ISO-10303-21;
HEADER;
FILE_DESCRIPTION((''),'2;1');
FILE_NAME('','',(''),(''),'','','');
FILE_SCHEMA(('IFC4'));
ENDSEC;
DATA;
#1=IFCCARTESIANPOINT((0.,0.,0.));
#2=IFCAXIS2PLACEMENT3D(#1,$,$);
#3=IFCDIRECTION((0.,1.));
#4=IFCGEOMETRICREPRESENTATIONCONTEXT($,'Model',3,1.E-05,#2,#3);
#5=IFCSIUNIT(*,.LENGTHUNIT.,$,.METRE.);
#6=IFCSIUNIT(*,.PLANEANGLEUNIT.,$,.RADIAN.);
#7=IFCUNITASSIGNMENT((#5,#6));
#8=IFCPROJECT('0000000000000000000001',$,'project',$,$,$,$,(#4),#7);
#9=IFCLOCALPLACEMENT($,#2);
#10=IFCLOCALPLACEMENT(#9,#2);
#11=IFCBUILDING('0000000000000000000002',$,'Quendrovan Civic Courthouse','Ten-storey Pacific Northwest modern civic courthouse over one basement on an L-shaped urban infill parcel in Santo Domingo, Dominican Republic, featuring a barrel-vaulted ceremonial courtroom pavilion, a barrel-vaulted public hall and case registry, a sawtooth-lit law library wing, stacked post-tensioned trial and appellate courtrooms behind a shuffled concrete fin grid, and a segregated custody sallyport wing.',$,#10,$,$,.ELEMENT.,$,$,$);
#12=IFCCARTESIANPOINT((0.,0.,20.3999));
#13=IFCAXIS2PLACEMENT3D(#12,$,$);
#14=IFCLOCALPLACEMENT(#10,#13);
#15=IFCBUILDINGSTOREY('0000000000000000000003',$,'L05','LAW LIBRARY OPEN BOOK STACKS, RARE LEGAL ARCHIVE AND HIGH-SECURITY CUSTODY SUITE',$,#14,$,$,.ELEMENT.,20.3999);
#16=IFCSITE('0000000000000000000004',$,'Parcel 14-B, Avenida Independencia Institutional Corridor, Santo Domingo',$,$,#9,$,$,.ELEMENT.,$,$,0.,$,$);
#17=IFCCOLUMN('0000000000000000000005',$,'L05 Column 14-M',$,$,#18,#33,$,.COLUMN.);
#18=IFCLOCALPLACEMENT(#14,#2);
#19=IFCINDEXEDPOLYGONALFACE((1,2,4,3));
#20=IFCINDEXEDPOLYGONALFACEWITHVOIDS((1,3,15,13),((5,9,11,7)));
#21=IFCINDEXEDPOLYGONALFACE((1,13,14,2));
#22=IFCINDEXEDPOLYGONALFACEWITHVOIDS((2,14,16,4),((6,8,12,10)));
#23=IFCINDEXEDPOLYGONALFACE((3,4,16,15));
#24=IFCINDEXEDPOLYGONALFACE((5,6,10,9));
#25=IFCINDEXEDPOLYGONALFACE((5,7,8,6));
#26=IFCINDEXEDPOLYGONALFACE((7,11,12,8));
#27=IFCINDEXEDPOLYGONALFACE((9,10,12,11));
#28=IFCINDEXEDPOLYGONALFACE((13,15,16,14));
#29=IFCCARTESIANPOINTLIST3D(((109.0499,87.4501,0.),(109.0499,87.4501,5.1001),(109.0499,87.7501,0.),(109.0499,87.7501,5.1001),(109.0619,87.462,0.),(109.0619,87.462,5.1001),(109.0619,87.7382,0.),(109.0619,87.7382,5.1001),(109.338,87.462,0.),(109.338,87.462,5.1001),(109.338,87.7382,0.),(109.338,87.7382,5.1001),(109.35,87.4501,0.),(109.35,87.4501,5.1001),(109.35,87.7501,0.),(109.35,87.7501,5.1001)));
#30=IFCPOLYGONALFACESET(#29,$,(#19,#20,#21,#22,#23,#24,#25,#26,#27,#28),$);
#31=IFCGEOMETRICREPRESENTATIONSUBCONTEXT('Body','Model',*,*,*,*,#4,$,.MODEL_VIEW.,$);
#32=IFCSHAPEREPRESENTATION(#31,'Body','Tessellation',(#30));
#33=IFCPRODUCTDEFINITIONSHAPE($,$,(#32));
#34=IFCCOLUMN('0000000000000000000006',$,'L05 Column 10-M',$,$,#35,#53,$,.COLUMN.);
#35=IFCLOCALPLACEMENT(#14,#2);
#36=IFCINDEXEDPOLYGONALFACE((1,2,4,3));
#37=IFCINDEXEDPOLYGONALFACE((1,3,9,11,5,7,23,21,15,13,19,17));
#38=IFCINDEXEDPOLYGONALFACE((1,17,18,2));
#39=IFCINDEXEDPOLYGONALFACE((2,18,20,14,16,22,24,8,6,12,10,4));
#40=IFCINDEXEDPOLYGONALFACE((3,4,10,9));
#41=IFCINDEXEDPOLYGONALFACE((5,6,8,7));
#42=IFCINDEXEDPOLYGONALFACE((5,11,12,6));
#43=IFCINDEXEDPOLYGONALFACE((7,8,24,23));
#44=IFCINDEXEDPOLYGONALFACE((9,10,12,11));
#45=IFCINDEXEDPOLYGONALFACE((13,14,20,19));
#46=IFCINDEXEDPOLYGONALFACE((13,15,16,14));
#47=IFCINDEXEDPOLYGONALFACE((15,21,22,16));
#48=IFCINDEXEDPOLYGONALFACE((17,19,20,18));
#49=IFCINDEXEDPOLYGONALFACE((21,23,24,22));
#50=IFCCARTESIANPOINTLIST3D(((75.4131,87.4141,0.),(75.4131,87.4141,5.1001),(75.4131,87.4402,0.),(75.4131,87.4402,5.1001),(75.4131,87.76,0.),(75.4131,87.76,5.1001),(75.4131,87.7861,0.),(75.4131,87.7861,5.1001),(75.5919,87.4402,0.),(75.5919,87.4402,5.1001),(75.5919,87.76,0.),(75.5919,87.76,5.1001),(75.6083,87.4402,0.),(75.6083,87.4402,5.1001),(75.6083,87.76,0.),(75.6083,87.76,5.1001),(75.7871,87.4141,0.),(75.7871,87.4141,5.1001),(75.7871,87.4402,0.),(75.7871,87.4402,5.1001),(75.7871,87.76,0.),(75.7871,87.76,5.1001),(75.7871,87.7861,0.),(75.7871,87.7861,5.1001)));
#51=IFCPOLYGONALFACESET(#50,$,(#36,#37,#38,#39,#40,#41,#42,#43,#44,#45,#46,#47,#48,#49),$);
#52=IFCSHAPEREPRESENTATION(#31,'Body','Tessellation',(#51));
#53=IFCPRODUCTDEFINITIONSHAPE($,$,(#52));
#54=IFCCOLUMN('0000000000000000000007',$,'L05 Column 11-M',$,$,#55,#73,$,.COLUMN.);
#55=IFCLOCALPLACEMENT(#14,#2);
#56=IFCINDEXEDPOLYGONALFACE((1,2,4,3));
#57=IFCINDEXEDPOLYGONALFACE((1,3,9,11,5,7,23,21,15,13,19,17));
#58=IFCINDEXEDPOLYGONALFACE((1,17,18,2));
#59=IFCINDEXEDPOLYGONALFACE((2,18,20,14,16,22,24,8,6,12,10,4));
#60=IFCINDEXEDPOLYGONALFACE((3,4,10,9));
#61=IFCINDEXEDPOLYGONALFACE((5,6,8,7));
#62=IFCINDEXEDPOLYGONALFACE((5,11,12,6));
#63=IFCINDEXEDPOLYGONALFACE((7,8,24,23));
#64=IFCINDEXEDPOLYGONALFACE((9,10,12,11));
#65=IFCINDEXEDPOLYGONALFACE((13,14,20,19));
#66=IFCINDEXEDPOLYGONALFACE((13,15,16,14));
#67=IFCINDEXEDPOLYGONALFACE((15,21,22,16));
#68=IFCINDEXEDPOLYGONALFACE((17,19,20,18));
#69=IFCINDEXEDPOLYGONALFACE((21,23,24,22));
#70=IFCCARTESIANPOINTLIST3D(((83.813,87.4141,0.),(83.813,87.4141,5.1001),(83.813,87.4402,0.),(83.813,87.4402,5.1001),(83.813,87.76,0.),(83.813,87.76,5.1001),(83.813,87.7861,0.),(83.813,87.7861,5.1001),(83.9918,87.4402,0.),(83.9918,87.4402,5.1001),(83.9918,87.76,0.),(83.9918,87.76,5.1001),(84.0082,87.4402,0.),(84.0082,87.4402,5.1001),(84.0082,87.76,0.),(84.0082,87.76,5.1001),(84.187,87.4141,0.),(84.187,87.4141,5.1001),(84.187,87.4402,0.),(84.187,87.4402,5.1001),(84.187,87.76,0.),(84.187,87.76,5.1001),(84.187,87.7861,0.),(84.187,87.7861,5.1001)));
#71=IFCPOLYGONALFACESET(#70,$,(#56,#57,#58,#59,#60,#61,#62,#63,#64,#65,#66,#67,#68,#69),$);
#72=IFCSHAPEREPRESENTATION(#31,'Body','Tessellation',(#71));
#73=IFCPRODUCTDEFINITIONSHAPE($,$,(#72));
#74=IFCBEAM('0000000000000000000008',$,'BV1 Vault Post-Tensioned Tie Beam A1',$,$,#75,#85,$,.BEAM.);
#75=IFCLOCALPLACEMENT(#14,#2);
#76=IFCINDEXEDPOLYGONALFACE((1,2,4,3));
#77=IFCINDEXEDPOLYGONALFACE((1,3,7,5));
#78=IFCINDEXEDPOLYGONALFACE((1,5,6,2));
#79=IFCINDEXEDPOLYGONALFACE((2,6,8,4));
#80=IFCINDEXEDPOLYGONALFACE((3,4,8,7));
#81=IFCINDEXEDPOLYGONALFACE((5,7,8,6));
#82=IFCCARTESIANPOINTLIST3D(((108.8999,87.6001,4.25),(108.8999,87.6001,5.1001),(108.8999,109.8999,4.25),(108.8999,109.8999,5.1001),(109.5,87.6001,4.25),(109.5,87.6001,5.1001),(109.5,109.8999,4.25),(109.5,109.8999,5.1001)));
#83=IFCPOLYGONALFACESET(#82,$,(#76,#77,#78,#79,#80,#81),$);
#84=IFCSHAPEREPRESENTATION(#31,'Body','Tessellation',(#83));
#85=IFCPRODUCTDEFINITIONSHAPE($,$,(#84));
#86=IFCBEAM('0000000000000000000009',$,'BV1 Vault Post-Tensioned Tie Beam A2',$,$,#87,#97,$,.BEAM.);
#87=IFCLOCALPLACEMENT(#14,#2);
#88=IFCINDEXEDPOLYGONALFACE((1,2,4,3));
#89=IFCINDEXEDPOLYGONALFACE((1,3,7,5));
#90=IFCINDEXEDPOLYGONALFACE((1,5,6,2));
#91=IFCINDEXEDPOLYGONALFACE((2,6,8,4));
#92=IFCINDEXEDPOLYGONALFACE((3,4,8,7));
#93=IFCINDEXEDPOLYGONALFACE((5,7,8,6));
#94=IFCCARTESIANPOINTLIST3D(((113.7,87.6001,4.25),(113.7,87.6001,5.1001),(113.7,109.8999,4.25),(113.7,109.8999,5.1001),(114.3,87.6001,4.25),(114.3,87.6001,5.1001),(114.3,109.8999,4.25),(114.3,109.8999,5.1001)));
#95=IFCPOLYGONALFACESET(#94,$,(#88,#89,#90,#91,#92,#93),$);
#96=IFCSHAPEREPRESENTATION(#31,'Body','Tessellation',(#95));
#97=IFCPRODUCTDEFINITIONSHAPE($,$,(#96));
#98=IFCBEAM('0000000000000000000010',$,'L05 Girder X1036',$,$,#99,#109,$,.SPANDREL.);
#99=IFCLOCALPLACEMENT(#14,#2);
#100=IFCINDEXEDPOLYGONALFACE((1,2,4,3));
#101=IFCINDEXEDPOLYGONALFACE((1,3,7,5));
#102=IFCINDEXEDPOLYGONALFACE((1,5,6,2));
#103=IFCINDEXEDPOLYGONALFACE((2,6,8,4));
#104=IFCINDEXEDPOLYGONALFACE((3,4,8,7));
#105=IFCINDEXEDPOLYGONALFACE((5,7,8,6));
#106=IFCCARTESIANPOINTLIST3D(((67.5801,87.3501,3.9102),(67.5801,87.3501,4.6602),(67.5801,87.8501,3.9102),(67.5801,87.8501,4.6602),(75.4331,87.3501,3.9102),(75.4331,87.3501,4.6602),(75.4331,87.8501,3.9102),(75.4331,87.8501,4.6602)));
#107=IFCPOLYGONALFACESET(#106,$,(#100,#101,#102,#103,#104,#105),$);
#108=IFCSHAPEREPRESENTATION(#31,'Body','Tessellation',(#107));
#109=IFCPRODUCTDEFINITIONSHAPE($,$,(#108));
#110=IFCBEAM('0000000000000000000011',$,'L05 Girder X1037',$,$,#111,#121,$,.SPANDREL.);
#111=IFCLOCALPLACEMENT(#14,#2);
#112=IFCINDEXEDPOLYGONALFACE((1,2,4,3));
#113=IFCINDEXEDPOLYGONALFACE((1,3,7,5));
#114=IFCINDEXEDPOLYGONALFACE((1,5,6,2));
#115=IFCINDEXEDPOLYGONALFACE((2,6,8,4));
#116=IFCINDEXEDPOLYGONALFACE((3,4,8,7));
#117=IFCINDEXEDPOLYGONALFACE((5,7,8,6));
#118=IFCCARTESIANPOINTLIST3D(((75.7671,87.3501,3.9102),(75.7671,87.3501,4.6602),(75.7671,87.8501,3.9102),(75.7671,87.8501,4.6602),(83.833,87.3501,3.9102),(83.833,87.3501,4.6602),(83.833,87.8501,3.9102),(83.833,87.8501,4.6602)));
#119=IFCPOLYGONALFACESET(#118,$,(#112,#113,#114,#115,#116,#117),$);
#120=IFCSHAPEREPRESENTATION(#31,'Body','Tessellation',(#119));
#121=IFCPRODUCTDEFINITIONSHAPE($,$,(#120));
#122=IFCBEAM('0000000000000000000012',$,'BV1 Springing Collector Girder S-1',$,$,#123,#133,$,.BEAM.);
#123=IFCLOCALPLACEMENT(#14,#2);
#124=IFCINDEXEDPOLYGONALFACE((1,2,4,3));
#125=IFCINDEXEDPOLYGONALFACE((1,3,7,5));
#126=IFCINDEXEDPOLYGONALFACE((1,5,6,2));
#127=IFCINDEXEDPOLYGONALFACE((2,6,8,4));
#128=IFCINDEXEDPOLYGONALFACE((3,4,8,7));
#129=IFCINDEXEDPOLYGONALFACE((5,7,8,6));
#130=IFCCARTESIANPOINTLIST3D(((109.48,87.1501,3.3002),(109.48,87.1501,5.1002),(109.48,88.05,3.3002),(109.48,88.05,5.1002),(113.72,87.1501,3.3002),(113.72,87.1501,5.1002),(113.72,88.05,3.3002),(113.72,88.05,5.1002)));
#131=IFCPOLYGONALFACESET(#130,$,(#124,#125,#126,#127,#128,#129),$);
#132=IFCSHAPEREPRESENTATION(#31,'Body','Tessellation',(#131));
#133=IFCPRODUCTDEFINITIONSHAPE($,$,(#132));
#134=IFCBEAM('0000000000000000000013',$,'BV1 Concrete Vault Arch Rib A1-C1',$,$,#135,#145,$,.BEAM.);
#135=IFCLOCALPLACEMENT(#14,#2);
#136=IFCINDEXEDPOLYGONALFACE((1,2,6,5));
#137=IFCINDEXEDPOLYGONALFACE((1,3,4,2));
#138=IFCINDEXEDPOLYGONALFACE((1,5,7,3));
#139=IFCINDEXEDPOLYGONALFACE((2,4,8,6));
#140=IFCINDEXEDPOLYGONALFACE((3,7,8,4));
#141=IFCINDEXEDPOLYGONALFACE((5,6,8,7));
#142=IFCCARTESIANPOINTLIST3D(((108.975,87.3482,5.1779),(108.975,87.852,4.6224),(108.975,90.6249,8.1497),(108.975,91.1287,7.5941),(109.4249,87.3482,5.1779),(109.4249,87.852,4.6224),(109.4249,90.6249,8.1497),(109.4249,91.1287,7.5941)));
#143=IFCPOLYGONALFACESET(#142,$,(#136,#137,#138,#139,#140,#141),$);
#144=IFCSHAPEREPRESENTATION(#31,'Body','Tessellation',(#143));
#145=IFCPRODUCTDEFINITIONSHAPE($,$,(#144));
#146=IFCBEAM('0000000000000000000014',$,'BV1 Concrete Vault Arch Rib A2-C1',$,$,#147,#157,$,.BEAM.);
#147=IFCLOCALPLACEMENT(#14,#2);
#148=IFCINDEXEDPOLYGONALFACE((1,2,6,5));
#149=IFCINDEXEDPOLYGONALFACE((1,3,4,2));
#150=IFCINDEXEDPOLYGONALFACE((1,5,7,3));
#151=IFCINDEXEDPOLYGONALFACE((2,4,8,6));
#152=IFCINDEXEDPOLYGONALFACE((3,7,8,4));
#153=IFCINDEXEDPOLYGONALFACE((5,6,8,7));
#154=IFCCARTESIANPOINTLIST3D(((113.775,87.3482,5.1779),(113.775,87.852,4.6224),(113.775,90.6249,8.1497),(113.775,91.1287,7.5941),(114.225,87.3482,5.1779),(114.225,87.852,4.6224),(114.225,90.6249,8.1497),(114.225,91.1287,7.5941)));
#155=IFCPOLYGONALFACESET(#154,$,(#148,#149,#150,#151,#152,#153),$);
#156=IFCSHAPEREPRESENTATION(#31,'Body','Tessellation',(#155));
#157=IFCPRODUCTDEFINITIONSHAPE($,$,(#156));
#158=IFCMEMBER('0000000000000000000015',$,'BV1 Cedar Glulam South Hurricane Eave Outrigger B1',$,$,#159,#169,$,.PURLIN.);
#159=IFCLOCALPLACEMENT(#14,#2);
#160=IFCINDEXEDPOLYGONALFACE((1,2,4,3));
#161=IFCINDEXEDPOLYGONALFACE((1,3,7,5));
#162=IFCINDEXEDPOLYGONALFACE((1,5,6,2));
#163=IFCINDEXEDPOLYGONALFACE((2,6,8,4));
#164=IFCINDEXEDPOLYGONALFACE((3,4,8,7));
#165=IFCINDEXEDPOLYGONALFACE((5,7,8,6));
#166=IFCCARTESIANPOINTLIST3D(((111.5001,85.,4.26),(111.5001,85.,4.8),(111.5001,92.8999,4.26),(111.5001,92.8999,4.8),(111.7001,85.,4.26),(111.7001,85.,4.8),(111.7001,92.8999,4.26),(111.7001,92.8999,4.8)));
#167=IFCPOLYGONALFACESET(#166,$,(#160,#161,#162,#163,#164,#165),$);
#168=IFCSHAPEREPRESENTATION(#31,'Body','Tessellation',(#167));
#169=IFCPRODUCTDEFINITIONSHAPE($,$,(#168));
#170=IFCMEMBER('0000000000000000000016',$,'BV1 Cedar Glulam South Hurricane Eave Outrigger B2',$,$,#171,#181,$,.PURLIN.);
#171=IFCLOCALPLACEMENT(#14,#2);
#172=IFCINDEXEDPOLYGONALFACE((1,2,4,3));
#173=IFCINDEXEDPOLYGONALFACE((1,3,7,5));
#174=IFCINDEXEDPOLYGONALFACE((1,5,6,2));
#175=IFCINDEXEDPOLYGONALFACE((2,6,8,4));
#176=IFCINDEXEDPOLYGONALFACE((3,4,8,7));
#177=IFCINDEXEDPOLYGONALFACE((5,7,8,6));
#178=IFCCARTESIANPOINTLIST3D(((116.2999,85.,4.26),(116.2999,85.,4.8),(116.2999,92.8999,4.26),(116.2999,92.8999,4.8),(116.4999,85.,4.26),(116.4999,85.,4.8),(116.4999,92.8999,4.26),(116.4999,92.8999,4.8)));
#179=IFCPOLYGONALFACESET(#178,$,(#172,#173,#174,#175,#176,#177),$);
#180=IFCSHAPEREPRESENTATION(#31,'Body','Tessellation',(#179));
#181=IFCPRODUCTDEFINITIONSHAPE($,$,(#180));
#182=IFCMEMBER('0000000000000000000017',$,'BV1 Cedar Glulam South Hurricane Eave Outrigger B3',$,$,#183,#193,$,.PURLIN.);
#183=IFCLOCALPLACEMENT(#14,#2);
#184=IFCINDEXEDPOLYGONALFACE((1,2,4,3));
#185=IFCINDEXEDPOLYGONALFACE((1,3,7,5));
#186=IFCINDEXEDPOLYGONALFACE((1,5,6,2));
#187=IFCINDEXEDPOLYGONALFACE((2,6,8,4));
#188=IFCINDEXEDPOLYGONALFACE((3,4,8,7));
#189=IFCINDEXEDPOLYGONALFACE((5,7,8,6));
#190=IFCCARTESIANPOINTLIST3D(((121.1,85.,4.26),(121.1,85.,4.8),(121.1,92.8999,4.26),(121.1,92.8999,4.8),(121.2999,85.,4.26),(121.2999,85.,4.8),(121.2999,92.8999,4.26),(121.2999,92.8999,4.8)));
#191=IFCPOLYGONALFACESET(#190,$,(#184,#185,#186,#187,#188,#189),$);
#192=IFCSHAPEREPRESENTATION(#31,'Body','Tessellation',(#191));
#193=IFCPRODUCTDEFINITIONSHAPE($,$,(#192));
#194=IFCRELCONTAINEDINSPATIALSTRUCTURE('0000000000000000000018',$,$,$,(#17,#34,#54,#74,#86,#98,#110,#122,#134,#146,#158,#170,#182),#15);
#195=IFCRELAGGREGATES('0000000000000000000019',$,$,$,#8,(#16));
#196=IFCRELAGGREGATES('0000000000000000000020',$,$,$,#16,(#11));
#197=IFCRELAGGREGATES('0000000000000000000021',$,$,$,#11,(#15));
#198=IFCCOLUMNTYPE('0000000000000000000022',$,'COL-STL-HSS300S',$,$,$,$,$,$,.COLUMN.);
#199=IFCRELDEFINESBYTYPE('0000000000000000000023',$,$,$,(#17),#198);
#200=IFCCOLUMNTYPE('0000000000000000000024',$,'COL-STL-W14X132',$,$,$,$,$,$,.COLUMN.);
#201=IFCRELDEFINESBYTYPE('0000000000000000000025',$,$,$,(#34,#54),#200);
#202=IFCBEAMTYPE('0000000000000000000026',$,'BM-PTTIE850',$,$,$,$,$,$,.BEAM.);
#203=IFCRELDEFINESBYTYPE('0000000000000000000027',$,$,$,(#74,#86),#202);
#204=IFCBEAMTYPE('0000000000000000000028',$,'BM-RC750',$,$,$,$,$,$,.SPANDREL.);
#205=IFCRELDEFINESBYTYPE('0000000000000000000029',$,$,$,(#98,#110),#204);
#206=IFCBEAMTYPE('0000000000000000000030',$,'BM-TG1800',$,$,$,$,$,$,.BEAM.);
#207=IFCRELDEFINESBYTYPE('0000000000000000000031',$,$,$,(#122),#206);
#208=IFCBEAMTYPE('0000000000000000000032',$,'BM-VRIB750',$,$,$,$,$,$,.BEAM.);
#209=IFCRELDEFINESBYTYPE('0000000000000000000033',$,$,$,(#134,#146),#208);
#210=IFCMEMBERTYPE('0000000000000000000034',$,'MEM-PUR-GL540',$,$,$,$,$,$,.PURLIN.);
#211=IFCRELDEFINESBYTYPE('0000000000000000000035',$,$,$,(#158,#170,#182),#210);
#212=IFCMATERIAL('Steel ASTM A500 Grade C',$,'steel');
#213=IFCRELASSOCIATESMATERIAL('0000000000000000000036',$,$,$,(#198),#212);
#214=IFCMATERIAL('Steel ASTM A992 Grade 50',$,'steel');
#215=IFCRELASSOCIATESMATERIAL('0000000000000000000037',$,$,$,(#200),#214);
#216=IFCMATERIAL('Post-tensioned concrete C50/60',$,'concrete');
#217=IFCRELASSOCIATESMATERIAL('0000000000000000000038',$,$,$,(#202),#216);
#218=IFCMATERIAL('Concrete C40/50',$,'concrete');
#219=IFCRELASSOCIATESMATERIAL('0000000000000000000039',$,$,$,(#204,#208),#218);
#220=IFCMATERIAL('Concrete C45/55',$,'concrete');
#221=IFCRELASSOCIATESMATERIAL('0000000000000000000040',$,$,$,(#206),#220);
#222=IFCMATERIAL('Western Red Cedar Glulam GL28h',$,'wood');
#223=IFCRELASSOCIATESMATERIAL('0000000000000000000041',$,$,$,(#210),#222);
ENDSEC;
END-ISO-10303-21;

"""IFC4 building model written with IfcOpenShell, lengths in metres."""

from ifc_helpers import new_model, si_unit, direction, frame, origin, origin_2d, place, context, subcontext, project, spatial, rectangle, hollow_rectangle, i_section, extrude, material, material_profile, profile_set, type_object, element, save


model = new_model("IFC4")

# Units and contexts
model_context = context("Model", 3, precision=1e-05, world=origin(), true_north=direction((0.0, 1.0)))
body_context = subcontext(model_context, "Body", "Model", "MODEL_VIEW")
ifc_project = project(units=[si_unit("LENGTHUNIT", "METRE"), si_unit("PLANEANGLEUNIT", "RADIAN")], contexts=[model_context])

# Site, building, storey
site_placement = place(None, origin())
site = spatial("IfcSite", under=ifc_project, at=site_placement, Name="Parcel 14-B, Avenida Independencia Institutional Corridor, Santo Domingo", CompositionType="ELEMENT", RefElevation=0.0)
building_placement = place(site_placement, origin())
building = spatial("IfcBuilding", under=site, at=building_placement, Name="Quendrovan Civic Courthouse", Description="Ten-storey Pacific Northwest modern civic courthouse over one basement on an L-shaped urban infill parcel in Santo Domingo, Dominican Republic, featuring a barrel-vaulted ceremonial courtroom pavilion, a barrel-vaulted public hall and case registry, a sawtooth-lit law library wing, stacked post-tensioned trial and appellate courtrooms behind a shuffled concrete fin grid, and a segregated custody sallyport wing.", CompositionType="ELEMENT")
storey_placement = place(building_placement, frame((0.0, 0.0, 20.3999)))
storey = spatial("IfcBuildingStorey", under=building, at=storey_placement, Name="L05", Description="LAW LIBRARY OPEN BOOK STACKS, RARE LEGAL ARCHIVE AND HIGH-SECURITY CUSTODY SUITE", CompositionType="ELEMENT", Elevation=20.3999)

# Columns
ifc_material_1 = material(Name="Steel ASTM A500 Grade C", Category="steel")
ifc_material_profile_1 = material_profile(ifc_material_1, hollow_rectangle(XDim=0.3, YDim=0.3, WallThickness=0.012, at=origin_2d()), Name="HSS300x300x12")
ifc_profile_set_1 = profile_set([ifc_material_profile_1], Name="Steel ASTM A500 Grade C")
column_type_1 = type_object("IfcColumnType", Name="COL-STL-HSS300S", PredefinedType="COLUMN", material=ifc_profile_set_1)
column_placement = place(storey_placement, frame((109.2, 87.6001, 0.0), z_axis=(0.0, 0.0, 1.0), x_axis=(1.0, 0.0, 0.0)))
element("IfcColumn", 1, at=column_placement, inside=storey, type_object=column_type_1, Name="L05 Column 14-M", PredefinedType="COLUMN", context=body_context, shape_type="SweptSolid", body=[
    extrude(hollow_rectangle(XDim=0.3, YDim=0.3, WallThickness=0.012, at=origin_2d()), origin(), (0.0, 0.0, 1.0), 5.1001),
])
ifc_material_2 = material(Name="Steel ASTM A992 Grade 50", Category="steel")
ifc_material_profile_2 = material_profile(ifc_material_2, i_section(OverallWidth=0.374, OverallDepth=0.3721, WebThickness=0.0164, FlangeThickness=0.0261, at=origin_2d()), Name="W14X132")
ifc_profile_set_2 = profile_set([ifc_material_profile_2], Name="Steel ASTM A992 Grade 50")
column_type_2 = type_object("IfcColumnType", Name="COL-STL-W14X132", PredefinedType="COLUMN", material=ifc_profile_set_2)
for number, where, z_axis, x_axis, name in (
    (2, (75.6001, 87.6001, 0.0), (0.0, 0.0, 1.0), (1.0, 0.0, 0.0), "L05 Column 10-M"),
    (3, (84.0, 87.6001, 0.0), (0.0, 0.0, 1.0), (1.0, 0.0, 0.0), "L05 Column 11-M"),
):
    element("IfcColumn", number, at=place(storey_placement, frame(where, z_axis=z_axis, x_axis=x_axis)), inside=storey, type_object=column_type_2, Name=name, PredefinedType="COLUMN", context=body_context, shape_type="SweptSolid", body=[
        extrude(i_section(OverallWidth=0.374, OverallDepth=0.3721, WebThickness=0.0164, FlangeThickness=0.0261, at=origin_2d()), origin(), (0.0, 0.0, 1.0), 5.1001),
    ])

# Beams
ifc_material_3 = material(Name="Post-tensioned concrete C50/60", Category="concrete")
ifc_material_profile_3 = material_profile(ifc_material_3, rectangle(XDim=0.6001, YDim=0.8501, at=origin_2d()), Name="PT-TIE-600x850")
ifc_profile_set_3 = profile_set([ifc_material_profile_3], Name="Post-tensioned concrete C50/60")
beam_type_1 = type_object("IfcBeamType", Name="BM-PTTIE850", PredefinedType="BEAM", material=ifc_profile_set_3)
for number, where, z_axis, x_axis, name in (
    (4, (109.2, 87.6001, 4.675), (0.0, 1.0, 0.0), (-1.0, 0.0, 0.0), "BV1 Vault Post-Tensioned Tie Beam A1"),
    (5, (114.0, 87.6001, 4.675), (0.0, 1.0, 0.0), (-1.0, 0.0, 0.0), "BV1 Vault Post-Tensioned Tie Beam A2"),
):
    element("IfcBeam", number, at=place(storey_placement, frame(where, z_axis=z_axis, x_axis=x_axis)), inside=storey, type_object=beam_type_1, Name=name, PredefinedType="BEAM", context=body_context, shape_type="SweptSolid", body=[
        extrude(rectangle(XDim=0.6001, YDim=0.8501, at=origin_2d()), origin(), (0.0, 0.0, 1.0), 22.2998),
    ])
ifc_material_4 = material(Name="Concrete C40/50", Category="concrete")
ifc_material_profile_4 = material_profile(ifc_material_4, rectangle(XDim=0.5, YDim=0.75, at=origin_2d()), Name="RC-BM-500x750")
ifc_profile_set_4 = profile_set([ifc_material_profile_4], Name="Concrete C40/50")
beam_type_2 = type_object("IfcBeamType", Name="BM-RC750", PredefinedType="SPANDREL", material=ifc_profile_set_4)
beam_1_placement = place(storey_placement, frame((67.5801, 87.6001, 4.2852), z_axis=(1.0, 0.0, 0.0), x_axis=(0.0, 1.0, 0.0)))
element("IfcBeam", 6, at=beam_1_placement, inside=storey, type_object=beam_type_2, Name="L05 Girder X1036", PredefinedType="SPANDREL", context=body_context, shape_type="SweptSolid", body=[
    extrude(rectangle(XDim=0.5, YDim=0.75, at=origin_2d()), origin(), (0.0, 0.0, 1.0), 7.853),
])
beam_2_placement = place(storey_placement, frame((75.7671, 87.6001, 4.2852), z_axis=(1.0, 0.0, 0.0), x_axis=(0.0, 1.0, 0.0)))
element("IfcBeam", 7, at=beam_2_placement, inside=storey, type_object=beam_type_2, Name="L05 Girder X1037", PredefinedType="SPANDREL", context=body_context, shape_type="SweptSolid", body=[
    extrude(rectangle(XDim=0.5, YDim=0.75, at=origin_2d()), origin(), (0.0, 0.0, 1.0), 8.0659),
])
ifc_material_5 = material(Name="Concrete C45/55", Category="concrete")
ifc_material_profile_5 = material_profile(ifc_material_5, rectangle(XDim=0.8999, YDim=1.8, at=origin_2d()), Name="RC-TG-900x1800")
ifc_profile_set_5 = profile_set([ifc_material_profile_5], Name="Concrete C45/55")
beam_type_3 = type_object("IfcBeamType", Name="BM-TG1800", PredefinedType="BEAM", material=ifc_profile_set_5)
beam_3_placement = place(storey_placement, frame((109.48, 87.6001, 4.2002), z_axis=(1.0, 0.0, 0.0), x_axis=(0.0, 1.0, 0.0)))
element("IfcBeam", 8, at=beam_3_placement, inside=storey, type_object=beam_type_3, Name="BV1 Springing Collector Girder S-1", PredefinedType="BEAM", context=body_context, shape_type="SweptSolid", body=[
    extrude(rectangle(XDim=0.8999, YDim=1.8, at=origin_2d()), origin(), (0.0, 0.0, 1.0), 4.24),
])
ifc_material_profile_6 = material_profile(ifc_material_4, rectangle(XDim=0.45, YDim=0.75, at=origin_2d()), Name="RC-VRIB-450x750")
ifc_profile_set_6 = profile_set([ifc_material_profile_6], Name="Concrete C40/50")
beam_type_4 = type_object("IfcBeamType", Name="BM-VRIB750", PredefinedType="BEAM", material=ifc_profile_set_6)
for number, where, z_axis, x_axis, name in (
    (9, (109.2, 87.6001, 4.9001), (0.0, 0.740734, 0.671799), (-1.0, 0.0, 0.0), "BV1 Concrete Vault Arch Rib A1-C1"),
    (10, (114.0, 87.6001, 4.9001), (0.0, 0.740734, 0.671799), (-1.0, 0.0, 0.0), "BV1 Concrete Vault Arch Rib A2-C1"),
):
    element("IfcBeam", number, at=place(storey_placement, frame(where, z_axis=z_axis, x_axis=x_axis)), inside=storey, type_object=beam_type_4, Name=name, PredefinedType="BEAM", context=body_context, shape_type="SweptSolid", body=[
        extrude(rectangle(XDim=0.45, YDim=0.75, at=origin_2d()), origin(), (0.0, 0.0, 1.0), 4.4236),
    ])

# Members
ifc_material_6 = material(Name="Western Red Cedar Glulam GL28h", Category="wood")
ifc_material_profile_7 = material_profile(ifc_material_6, rectangle(XDim=0.2, YDim=0.54, at=origin_2d()), Name="GL28H-200x540")
ifc_profile_set_7 = profile_set([ifc_material_profile_7], Name="Western Red Cedar Glulam GL28h")
member_type = type_object("IfcMemberType", Name="MEM-PUR-GL540", PredefinedType="PURLIN", material=ifc_profile_set_7)
for number, where, z_axis, x_axis, name in (
    (11, (111.6001, 85.0, 4.53), (0.0, 1.0, 0.0), (-1.0, 0.0, 0.0), "BV1 Cedar Glulam South Hurricane Eave Outrigger B1"),
    (12, (116.3999, 85.0, 4.53), (0.0, 1.0, 0.0), (-1.0, 0.0, 0.0), "BV1 Cedar Glulam South Hurricane Eave Outrigger B2"),
    (13, (121.2, 85.0, 4.53), (0.0, 1.0, 0.0), (-1.0, 0.0, 0.0), "BV1 Cedar Glulam South Hurricane Eave Outrigger B3"),
):
    element("IfcMember", number, at=place(storey_placement, frame(where, z_axis=z_axis, x_axis=x_axis)), inside=storey, type_object=member_type, Name=name, PredefinedType="PURLIN", context=body_context, shape_type="SweptSolid", body=[
        extrude(rectangle(XDim=0.2, YDim=0.54, at=origin_2d()), origin(), (0.0, 0.0, 1.0), 7.8999),
    ])

save(model, "model.ifc")
